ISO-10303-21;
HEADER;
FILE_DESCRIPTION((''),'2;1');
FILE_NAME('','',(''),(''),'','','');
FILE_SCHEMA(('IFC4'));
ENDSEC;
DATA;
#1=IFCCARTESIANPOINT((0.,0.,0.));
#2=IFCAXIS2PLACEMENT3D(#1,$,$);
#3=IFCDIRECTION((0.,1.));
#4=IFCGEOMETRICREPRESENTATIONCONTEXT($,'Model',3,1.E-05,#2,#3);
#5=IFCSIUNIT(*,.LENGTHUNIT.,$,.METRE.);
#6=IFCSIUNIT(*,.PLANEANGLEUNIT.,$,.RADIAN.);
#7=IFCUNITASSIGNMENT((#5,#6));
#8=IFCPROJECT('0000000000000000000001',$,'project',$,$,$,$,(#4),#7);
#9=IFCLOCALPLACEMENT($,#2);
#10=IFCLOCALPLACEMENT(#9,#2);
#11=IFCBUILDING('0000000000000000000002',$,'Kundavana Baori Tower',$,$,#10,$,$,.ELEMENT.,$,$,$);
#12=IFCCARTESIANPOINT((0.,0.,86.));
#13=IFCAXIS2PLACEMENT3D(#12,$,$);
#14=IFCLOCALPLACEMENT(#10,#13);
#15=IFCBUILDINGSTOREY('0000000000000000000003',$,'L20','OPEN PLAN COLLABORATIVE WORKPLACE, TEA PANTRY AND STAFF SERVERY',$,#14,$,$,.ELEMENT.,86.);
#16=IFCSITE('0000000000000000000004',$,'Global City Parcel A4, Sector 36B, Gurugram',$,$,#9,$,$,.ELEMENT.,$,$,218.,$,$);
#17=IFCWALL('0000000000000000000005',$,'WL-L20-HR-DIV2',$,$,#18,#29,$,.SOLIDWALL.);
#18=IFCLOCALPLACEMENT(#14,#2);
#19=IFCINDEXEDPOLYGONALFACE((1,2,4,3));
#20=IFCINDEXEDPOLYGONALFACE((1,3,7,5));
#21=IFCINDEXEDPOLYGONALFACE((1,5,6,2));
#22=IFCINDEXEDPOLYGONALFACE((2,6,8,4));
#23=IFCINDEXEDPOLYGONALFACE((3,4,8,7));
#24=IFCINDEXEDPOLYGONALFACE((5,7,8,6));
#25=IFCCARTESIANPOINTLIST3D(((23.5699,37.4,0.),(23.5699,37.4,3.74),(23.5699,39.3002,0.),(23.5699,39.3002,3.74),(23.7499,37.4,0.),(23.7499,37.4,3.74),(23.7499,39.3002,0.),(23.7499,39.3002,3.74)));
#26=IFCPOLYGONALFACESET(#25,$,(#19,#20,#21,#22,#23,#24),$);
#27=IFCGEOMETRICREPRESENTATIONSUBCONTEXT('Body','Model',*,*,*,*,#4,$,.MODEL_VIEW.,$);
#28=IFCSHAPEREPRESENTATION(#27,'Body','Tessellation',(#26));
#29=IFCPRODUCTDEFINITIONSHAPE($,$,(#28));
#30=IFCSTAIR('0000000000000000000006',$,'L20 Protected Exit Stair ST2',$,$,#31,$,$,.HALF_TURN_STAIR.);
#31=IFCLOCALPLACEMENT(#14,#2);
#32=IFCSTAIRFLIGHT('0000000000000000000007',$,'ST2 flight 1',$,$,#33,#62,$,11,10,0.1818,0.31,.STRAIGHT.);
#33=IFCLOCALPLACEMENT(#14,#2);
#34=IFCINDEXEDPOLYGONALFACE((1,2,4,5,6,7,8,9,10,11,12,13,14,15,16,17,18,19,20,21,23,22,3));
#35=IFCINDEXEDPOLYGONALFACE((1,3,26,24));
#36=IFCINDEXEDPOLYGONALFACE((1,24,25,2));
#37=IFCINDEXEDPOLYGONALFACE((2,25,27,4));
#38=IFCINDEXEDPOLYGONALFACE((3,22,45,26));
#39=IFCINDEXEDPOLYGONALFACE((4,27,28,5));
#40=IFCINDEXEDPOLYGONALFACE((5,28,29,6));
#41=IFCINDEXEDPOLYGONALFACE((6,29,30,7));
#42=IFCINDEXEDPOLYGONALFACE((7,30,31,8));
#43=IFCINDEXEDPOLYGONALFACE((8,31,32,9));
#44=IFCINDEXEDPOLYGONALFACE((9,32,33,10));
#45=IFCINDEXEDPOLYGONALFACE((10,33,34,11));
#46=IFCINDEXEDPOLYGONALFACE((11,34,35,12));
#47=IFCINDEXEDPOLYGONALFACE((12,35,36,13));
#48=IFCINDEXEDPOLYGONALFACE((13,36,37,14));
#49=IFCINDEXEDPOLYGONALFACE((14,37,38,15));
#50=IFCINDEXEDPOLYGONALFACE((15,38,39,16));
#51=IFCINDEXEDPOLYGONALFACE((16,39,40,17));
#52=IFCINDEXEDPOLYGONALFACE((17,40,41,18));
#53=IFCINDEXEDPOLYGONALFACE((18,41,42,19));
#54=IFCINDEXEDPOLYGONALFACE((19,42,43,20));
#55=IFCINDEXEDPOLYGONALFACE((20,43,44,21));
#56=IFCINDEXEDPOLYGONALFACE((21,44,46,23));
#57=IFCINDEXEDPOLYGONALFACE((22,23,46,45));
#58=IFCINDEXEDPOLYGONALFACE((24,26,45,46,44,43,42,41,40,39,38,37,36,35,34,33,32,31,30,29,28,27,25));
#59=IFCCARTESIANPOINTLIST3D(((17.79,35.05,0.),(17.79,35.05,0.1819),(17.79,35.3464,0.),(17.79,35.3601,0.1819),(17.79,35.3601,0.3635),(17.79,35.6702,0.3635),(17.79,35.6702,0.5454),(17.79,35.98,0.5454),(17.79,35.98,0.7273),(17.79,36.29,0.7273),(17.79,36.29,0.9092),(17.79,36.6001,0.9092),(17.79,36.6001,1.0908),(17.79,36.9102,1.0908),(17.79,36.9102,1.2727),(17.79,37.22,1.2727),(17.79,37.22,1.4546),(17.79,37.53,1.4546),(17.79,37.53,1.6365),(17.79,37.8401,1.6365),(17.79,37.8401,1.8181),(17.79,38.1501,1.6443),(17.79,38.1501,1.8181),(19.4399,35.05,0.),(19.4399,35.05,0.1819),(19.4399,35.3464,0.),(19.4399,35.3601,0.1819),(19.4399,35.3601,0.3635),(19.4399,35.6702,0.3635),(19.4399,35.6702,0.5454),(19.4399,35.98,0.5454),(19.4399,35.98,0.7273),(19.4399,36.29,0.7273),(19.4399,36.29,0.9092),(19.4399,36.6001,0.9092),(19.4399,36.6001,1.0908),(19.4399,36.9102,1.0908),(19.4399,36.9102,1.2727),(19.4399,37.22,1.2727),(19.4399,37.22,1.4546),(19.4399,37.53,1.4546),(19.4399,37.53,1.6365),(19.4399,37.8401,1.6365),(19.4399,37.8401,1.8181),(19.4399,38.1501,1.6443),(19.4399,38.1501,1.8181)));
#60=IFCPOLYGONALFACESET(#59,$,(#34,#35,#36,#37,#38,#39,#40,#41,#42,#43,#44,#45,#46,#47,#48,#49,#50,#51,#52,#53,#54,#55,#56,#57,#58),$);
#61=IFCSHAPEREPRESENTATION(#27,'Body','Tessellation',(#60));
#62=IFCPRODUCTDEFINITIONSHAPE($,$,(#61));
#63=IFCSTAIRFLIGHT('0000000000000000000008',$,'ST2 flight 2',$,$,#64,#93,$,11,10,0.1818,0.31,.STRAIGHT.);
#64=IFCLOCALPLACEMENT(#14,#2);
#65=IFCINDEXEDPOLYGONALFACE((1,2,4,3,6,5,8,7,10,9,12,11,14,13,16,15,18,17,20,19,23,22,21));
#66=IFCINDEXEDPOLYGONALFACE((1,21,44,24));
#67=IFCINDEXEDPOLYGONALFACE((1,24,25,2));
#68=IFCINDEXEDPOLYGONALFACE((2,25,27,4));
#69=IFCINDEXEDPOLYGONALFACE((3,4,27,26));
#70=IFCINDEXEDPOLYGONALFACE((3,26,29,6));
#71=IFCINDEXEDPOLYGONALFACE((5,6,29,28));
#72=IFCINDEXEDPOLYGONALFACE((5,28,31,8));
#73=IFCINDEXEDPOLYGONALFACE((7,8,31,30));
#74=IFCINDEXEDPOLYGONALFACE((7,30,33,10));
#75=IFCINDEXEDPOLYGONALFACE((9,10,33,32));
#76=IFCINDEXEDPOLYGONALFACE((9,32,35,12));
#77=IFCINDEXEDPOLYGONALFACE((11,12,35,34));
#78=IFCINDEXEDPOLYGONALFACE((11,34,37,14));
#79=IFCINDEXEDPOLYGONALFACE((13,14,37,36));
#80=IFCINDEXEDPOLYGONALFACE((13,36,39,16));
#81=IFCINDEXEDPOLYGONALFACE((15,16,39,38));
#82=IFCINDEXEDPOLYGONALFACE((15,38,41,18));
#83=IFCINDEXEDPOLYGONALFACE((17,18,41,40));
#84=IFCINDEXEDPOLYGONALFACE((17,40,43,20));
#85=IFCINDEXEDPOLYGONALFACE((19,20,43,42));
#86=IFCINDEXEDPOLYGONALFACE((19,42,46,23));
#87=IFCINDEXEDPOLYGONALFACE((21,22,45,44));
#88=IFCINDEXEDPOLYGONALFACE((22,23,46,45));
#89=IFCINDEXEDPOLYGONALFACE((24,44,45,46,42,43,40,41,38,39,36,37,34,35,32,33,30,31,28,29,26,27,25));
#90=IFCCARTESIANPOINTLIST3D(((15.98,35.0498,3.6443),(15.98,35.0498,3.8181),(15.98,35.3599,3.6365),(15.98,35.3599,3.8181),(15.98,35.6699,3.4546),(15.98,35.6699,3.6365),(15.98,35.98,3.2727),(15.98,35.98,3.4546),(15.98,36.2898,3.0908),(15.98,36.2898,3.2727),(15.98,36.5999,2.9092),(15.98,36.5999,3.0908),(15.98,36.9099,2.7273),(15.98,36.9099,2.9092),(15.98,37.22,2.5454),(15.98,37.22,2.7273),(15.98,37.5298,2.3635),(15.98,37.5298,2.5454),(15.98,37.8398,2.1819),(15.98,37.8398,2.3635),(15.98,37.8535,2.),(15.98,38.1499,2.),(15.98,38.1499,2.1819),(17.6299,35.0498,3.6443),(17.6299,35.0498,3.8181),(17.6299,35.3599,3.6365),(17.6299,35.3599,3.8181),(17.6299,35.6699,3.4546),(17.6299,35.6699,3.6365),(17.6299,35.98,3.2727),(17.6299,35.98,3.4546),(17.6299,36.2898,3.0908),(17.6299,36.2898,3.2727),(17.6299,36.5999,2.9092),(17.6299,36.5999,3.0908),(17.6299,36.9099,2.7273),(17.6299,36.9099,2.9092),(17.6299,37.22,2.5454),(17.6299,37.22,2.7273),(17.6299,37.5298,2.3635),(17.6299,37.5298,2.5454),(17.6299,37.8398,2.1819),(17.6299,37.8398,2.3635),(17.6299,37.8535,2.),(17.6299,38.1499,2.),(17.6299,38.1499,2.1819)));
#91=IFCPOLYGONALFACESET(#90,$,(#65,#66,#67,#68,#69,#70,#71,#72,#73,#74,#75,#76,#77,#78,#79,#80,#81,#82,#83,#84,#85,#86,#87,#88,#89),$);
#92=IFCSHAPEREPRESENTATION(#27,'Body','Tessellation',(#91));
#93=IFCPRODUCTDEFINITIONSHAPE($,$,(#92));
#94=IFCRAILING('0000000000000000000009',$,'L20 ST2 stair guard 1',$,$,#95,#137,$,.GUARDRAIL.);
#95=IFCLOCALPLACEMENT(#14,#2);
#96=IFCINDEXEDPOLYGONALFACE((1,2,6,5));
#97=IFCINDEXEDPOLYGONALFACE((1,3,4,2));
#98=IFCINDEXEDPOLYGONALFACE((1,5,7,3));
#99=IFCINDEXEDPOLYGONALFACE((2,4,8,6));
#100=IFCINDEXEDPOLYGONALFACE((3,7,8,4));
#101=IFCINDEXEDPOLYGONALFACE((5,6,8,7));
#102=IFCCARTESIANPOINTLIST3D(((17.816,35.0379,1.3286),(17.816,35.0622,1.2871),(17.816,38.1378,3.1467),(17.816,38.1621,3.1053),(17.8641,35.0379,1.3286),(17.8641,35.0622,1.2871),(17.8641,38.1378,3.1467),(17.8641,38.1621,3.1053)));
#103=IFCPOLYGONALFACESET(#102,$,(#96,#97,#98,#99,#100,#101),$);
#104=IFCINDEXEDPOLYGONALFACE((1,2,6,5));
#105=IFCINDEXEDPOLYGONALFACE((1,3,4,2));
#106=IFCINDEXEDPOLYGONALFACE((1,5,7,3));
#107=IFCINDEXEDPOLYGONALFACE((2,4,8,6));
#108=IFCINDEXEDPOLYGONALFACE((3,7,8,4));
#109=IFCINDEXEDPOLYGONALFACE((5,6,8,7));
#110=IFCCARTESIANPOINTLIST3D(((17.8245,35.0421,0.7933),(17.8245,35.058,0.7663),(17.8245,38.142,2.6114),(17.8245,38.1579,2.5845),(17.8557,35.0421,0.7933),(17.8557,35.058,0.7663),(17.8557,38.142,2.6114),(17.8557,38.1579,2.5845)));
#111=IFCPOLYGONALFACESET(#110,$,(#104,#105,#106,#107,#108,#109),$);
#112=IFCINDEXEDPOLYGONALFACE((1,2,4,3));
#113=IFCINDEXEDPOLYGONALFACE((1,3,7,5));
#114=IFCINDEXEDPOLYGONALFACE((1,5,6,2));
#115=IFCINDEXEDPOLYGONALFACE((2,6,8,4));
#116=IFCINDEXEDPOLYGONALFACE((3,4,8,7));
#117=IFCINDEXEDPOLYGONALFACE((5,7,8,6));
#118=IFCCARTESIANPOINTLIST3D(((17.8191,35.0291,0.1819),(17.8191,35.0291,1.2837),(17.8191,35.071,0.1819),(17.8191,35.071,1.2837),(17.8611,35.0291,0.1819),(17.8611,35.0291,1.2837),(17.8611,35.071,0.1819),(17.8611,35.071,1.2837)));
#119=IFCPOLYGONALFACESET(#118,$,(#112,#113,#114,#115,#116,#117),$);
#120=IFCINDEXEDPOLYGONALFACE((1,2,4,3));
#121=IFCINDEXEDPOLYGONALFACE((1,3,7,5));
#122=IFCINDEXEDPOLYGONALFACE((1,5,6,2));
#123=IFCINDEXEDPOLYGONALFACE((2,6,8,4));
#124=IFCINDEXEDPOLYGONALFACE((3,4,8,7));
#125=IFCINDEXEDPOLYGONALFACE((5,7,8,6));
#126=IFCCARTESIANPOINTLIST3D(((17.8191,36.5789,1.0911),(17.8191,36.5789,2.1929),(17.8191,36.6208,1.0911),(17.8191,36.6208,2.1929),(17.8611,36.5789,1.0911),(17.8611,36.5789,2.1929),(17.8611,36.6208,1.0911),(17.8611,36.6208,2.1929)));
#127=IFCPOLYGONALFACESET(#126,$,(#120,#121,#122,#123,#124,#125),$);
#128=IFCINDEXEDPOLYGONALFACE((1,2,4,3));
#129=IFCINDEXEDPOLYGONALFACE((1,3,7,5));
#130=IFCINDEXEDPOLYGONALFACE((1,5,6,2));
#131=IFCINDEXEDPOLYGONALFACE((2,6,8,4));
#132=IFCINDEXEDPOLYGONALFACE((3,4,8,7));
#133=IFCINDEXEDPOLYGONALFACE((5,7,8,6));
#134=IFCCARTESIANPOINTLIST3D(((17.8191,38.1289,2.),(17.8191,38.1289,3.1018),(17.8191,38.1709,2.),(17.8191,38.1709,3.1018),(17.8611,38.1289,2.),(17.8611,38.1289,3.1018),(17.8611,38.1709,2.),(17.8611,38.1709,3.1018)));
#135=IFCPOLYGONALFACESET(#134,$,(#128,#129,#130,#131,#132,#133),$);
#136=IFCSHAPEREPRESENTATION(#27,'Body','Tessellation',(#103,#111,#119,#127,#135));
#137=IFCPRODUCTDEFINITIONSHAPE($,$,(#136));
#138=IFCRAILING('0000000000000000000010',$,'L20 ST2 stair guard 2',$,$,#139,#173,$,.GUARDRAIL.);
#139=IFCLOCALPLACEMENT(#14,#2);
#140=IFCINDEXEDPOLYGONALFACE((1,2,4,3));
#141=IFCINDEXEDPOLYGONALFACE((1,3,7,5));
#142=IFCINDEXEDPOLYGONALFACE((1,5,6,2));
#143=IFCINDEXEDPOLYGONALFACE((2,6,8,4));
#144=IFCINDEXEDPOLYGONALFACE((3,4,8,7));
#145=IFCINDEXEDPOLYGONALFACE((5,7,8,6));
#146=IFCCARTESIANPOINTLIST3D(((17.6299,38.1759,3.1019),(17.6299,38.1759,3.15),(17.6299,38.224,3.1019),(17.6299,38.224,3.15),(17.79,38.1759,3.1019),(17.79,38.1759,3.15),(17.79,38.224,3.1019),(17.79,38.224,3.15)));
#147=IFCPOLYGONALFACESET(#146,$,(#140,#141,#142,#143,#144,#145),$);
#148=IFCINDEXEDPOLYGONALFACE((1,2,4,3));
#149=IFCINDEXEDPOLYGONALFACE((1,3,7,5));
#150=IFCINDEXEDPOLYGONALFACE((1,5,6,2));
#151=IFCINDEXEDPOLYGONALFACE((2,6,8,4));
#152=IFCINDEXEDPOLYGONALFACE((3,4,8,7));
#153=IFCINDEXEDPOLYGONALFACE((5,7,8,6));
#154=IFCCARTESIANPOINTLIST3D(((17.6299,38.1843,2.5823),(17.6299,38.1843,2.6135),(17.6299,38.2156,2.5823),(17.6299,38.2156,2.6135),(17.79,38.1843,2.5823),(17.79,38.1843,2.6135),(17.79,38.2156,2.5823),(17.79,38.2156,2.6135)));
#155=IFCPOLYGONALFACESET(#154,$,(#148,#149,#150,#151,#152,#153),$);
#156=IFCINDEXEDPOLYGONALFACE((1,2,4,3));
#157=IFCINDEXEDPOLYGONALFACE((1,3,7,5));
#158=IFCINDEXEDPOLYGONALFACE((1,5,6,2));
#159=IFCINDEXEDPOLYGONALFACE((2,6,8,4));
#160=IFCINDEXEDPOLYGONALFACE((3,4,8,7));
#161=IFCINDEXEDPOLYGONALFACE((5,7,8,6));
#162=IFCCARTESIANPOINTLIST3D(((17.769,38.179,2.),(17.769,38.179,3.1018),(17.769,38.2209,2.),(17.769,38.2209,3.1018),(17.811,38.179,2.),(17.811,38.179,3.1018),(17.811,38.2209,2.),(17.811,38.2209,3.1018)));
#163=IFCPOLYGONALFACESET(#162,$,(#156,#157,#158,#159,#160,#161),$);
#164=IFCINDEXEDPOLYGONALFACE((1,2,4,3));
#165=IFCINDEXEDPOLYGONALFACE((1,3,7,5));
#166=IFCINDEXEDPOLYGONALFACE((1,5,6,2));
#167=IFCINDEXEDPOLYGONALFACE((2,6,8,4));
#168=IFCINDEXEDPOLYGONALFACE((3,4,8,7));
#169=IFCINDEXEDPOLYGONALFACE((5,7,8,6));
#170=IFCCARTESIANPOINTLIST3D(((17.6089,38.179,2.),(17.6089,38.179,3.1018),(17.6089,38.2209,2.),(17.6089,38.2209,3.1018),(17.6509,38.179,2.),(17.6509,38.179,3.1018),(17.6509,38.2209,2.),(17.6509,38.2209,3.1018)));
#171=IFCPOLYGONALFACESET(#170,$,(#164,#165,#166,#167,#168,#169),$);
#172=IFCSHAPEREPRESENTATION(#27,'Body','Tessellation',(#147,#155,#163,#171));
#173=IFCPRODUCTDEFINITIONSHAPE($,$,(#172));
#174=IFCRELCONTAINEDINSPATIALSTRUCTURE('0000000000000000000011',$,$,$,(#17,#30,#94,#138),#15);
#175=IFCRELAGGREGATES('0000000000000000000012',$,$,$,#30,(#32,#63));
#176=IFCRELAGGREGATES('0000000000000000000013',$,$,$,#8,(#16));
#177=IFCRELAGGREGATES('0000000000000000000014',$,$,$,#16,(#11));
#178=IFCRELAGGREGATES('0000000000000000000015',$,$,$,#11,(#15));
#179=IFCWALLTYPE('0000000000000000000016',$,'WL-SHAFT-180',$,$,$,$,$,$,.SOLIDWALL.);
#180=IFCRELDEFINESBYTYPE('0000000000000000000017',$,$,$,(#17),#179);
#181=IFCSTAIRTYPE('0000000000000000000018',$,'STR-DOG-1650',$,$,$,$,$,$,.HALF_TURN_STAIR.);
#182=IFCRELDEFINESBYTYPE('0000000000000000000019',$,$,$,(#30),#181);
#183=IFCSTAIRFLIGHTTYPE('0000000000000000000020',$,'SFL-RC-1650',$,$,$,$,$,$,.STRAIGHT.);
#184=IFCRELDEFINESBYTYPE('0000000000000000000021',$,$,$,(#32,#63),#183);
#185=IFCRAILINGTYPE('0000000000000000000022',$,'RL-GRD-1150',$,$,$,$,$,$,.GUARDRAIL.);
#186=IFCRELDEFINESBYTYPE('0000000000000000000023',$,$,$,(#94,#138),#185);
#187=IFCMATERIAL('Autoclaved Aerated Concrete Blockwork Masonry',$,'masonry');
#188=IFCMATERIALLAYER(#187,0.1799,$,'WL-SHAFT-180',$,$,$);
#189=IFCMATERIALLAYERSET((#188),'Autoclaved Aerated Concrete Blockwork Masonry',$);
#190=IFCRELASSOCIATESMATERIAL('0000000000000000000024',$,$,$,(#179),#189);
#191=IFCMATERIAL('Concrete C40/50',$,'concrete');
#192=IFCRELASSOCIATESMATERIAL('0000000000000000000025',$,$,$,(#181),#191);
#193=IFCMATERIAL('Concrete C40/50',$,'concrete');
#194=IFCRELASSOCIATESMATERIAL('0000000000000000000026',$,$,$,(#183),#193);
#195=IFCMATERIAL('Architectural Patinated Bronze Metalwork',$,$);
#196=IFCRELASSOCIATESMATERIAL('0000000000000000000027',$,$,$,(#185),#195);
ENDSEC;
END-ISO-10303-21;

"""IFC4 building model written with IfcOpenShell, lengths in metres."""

from ifc_helpers import new_model, si_unit, direction, frame, frame_2d, origin, origin_2d, place, context, subcontext, project, spatial, polyline, rectangle, outline, extrude, material, layer, layer_set, type_object, element, aggregate, save


model = new_model("IFC4")

# Units and contexts
model_context = context("Model", 3, precision=1e-05, world=origin(), true_north=direction((0.0, 1.0)))
body_context = subcontext(model_context, "Body", "Model", "MODEL_VIEW")
ifc_project = project(units=[si_unit("LENGTHUNIT", "METRE"), si_unit("PLANEANGLEUNIT", "RADIAN")], contexts=[model_context])

# Site, building, storey
site_placement = place(None, origin())
site = spatial("IfcSite", under=ifc_project, at=site_placement, Name="Global City Parcel A4, Sector 36B, Gurugram", CompositionType="ELEMENT", RefElevation=218.0)
building_placement = place(site_placement, origin())
building = spatial("IfcBuilding", under=site, at=building_placement, Name="Kundavana Baori Tower", CompositionType="ELEMENT")
storey_placement = place(building_placement, frame((0.0, 0.0, 86.0)))
storey = spatial("IfcBuildingStorey", under=building, at=storey_placement, Name="L20", Description="OPEN PLAN COLLABORATIVE WORKPLACE, TEA PANTRY AND STAFF SERVERY", CompositionType="ELEMENT", Elevation=86.0)

# Shared definitions
ifc_material_1 = material(Name="Autoclaved Aerated Concrete Blockwork Masonry", Category="masonry")
ifc_layer_1 = layer(ifc_material_1, 0.1799, Name="WL-SHAFT-180")
ifc_layer_set_1 = layer_set([ifc_layer_1], Name="Autoclaved Aerated Concrete Blockwork Masonry")
wall_type_1 = type_object("IfcWallType", Name="WL-SHAFT-180", PredefinedType="SOLIDWALL", material=ifc_layer_set_1)

# Wall
wall_1_placement = place(storey_placement, frame((23.6599, 37.3999, 0.0), z_axis=(0.0, 0.0, 1.0), x_axis=(0.0, 1.0, 0.0)))
element("IfcWall", 1, at=wall_1_placement, inside=storey, type_object=wall_type_1, Name="WL-L20-HR-DIV2", PredefinedType="SOLIDWALL", context=body_context, shape_type="SweptSolid", body=[
    extrude(rectangle(XDim=1.9001, YDim=0.1799, at=frame_2d((0.9502, 0.0))), origin(), (0.0, 0.0, 1.0), 3.74),
])

# Stair, stair flights
ifc_material_2 = material(Name="Concrete C40/50", Category="concrete")
stair_type = type_object("IfcStairType", Name="STR-DOG-1650", PredefinedType="HALF_TURN_STAIR", material=ifc_material_2)
stair_placement = place(storey_placement, origin())
stair = element("IfcStair", 2, at=stair_placement, inside=storey, type_object=stair_type, Name="L20 Protected Exit Stair ST2", PredefinedType="HALF_TURN_STAIR")
ifc_material_3 = material(Name="Concrete C40/50", Category="concrete")
stair_flight_type = type_object("IfcStairFlightType", Name="SFL-RC-1650", PredefinedType="STRAIGHT", material=ifc_material_3)
stair_flight_1_placement = place(storey_placement, frame((18.615, 35.05, 0.0), z_axis=(0.0, 0.0, 1.0), x_axis=(0.0, 1.0, 0.0)))
stair_flight_1 = element("IfcStairFlight", 3, at=stair_flight_1_placement, type_object=stair_flight_type, Name="ST2 flight 1", NumberOfRisers=11, NumberOfTreads=10, PredefinedType="STRAIGHT", RiserHeight=0.1818, TreadLength=0.31, context=body_context, shape_type="SweptSolid", body=[
    extrude(outline(polyline([(0.0, 0.0), (0.0, 0.1819), (0.3101, 0.1819), (0.3101, 0.3635), (0.6201, 0.3635), (0.6201, 0.5454), (0.9299, 0.5454), (0.9299, 0.7273), (1.24, 0.7273), (1.24, 0.9092), (1.55, 0.9092), (1.55, 1.0908), (1.8601, 1.0908), (1.8601, 1.2727), (2.1699, 1.2727), (2.1699, 1.4546), (2.48, 1.4546), (2.48, 1.6365), (2.79, 1.6365), (2.79, 1.8181), (3.1001, 1.8181), (3.1001, 2.0), (3.1001, 1.6443), (0.2964, 0.0), (0.0, 0.0)])), frame((0.0, 0.825, 0.0), z_axis=(0.0, -1.0, 0.0), x_axis=(1.0, 0.0, 0.0)), (0.0, 0.0, 1.0), 1.6499),
])
stair_flight_2_placement = place(storey_placement, frame((16.8049, 38.1499, 2.0), z_axis=(0.0, 0.0, 1.0), x_axis=(0.0, -1.0, 0.0)))
stair_flight_2 = element("IfcStairFlight", 4, at=stair_flight_2_placement, type_object=stair_flight_type, Name="ST2 flight 2", NumberOfRisers=11, NumberOfTreads=10, PredefinedType="STRAIGHT", RiserHeight=0.1818, TreadLength=0.31, context=body_context, shape_type="SweptSolid", body=[
    extrude(outline(polyline([(0.0, 0.0), (0.0, 0.1819), (0.3101, 0.1819), (0.3101, 0.3635), (0.6201, 0.3635), (0.6201, 0.5454), (0.9299, 0.5454), (0.9299, 0.7273), (1.24, 0.7273), (1.24, 0.9092), (1.55, 0.9092), (1.55, 1.0908), (1.8601, 1.0908), (1.8601, 1.2727), (2.1699, 1.2727), (2.1699, 1.4546), (2.48, 1.4546), (2.48, 1.6365), (2.79, 1.6365), (2.79, 1.8181), (3.1001, 1.8181), (3.1001, 2.0), (3.1001, 1.6443), (0.2964, 0.0), (0.0, 0.0)])), frame((0.0, 0.825, 0.0), z_axis=(0.0, -1.0, 0.0), x_axis=(1.0, 0.0, 0.0)), (0.0, 0.0, 1.0), 1.6499),
])
aggregate(stair, [stair_flight_1, stair_flight_2])

# Railings
ifc_material_4 = material(Name="Architectural Patinated Bronze Metalwork")
railing_type_1 = type_object("IfcRailingType", Name="RL-GRD-1150", PredefinedType="GUARDRAIL", material=ifc_material_4)
railing_1_placement = place(storey_placement, frame((17.8401, 35.05, 0.1819)))
element("IfcRailing", 5, at=railing_1_placement, inside=storey, type_object=railing_type_1, Name="L20 ST2 stair guard 1", PredefinedType="GUARDRAIL", context=body_context, shape_type="SweptSolid", body=[
    extrude(rectangle(XDim=0.0481, YDim=0.0481, at=origin_2d()), frame((0.0, 0.0, 1.126), z_axis=(0.0, 0.862581, 0.505918), x_axis=(-1.0, 0.0, 0.0)), (0.0, 0.0, 1.0), 3.5938),
    extrude(rectangle(XDim=0.0312, YDim=0.0312, at=origin_2d()), frame((0.0, 0.0, 0.5979), z_axis=(0.0, 0.862581, 0.505918), x_axis=(-1.0, 0.0, 0.0)), (0.0, 0.0, 1.0), 3.5938),
    extrude(rectangle(XDim=0.042, YDim=0.042, at=origin_2d()), origin(), (0.0, 0.0, 1.0), 1.1018),
    extrude(rectangle(XDim=0.042, YDim=0.042, at=origin_2d()), frame((0.0, 1.5498, 0.9092)), (0.0, 0.0, 1.0), 1.1018),
    extrude(rectangle(XDim=0.042, YDim=0.042, at=origin_2d()), frame((0.0, 3.0999, 1.8181)), (0.0, 0.0, 1.0), 1.1018),
])
railing_2_placement = place(storey_placement, frame((17.79, 38.2, 2.0)))
element("IfcRailing", 6, at=railing_2_placement, inside=storey, type_object=railing_type_1, Name="L20 ST2 stair guard 2", PredefinedType="GUARDRAIL", context=body_context, shape_type="SweptSolid", body=[
    extrude(rectangle(XDim=0.0481, YDim=0.0481, at=origin_2d()), frame((0.0, 0.0, 1.126), z_axis=(-1.0, 0.0, 0.0), x_axis=(0.0, -1.0, 0.0)), (0.0, 0.0, 1.0), 0.1602),
    extrude(rectangle(XDim=0.0312, YDim=0.0312, at=origin_2d()), frame((0.0, 0.0, 0.5979), z_axis=(-1.0, 0.0, 0.0), x_axis=(0.0, -1.0, 0.0)), (0.0, 0.0, 1.0), 0.1602),
    extrude(rectangle(XDim=0.042, YDim=0.042, at=origin_2d()), origin(), (0.0, 0.0, 1.0), 1.1018),
    extrude(rectangle(XDim=0.042, YDim=0.042, at=origin_2d()), frame((-0.1602, 0.0, 0.0)), (0.0, 0.0, 1.0), 1.1018),
])

save(model, "model.ifc")
